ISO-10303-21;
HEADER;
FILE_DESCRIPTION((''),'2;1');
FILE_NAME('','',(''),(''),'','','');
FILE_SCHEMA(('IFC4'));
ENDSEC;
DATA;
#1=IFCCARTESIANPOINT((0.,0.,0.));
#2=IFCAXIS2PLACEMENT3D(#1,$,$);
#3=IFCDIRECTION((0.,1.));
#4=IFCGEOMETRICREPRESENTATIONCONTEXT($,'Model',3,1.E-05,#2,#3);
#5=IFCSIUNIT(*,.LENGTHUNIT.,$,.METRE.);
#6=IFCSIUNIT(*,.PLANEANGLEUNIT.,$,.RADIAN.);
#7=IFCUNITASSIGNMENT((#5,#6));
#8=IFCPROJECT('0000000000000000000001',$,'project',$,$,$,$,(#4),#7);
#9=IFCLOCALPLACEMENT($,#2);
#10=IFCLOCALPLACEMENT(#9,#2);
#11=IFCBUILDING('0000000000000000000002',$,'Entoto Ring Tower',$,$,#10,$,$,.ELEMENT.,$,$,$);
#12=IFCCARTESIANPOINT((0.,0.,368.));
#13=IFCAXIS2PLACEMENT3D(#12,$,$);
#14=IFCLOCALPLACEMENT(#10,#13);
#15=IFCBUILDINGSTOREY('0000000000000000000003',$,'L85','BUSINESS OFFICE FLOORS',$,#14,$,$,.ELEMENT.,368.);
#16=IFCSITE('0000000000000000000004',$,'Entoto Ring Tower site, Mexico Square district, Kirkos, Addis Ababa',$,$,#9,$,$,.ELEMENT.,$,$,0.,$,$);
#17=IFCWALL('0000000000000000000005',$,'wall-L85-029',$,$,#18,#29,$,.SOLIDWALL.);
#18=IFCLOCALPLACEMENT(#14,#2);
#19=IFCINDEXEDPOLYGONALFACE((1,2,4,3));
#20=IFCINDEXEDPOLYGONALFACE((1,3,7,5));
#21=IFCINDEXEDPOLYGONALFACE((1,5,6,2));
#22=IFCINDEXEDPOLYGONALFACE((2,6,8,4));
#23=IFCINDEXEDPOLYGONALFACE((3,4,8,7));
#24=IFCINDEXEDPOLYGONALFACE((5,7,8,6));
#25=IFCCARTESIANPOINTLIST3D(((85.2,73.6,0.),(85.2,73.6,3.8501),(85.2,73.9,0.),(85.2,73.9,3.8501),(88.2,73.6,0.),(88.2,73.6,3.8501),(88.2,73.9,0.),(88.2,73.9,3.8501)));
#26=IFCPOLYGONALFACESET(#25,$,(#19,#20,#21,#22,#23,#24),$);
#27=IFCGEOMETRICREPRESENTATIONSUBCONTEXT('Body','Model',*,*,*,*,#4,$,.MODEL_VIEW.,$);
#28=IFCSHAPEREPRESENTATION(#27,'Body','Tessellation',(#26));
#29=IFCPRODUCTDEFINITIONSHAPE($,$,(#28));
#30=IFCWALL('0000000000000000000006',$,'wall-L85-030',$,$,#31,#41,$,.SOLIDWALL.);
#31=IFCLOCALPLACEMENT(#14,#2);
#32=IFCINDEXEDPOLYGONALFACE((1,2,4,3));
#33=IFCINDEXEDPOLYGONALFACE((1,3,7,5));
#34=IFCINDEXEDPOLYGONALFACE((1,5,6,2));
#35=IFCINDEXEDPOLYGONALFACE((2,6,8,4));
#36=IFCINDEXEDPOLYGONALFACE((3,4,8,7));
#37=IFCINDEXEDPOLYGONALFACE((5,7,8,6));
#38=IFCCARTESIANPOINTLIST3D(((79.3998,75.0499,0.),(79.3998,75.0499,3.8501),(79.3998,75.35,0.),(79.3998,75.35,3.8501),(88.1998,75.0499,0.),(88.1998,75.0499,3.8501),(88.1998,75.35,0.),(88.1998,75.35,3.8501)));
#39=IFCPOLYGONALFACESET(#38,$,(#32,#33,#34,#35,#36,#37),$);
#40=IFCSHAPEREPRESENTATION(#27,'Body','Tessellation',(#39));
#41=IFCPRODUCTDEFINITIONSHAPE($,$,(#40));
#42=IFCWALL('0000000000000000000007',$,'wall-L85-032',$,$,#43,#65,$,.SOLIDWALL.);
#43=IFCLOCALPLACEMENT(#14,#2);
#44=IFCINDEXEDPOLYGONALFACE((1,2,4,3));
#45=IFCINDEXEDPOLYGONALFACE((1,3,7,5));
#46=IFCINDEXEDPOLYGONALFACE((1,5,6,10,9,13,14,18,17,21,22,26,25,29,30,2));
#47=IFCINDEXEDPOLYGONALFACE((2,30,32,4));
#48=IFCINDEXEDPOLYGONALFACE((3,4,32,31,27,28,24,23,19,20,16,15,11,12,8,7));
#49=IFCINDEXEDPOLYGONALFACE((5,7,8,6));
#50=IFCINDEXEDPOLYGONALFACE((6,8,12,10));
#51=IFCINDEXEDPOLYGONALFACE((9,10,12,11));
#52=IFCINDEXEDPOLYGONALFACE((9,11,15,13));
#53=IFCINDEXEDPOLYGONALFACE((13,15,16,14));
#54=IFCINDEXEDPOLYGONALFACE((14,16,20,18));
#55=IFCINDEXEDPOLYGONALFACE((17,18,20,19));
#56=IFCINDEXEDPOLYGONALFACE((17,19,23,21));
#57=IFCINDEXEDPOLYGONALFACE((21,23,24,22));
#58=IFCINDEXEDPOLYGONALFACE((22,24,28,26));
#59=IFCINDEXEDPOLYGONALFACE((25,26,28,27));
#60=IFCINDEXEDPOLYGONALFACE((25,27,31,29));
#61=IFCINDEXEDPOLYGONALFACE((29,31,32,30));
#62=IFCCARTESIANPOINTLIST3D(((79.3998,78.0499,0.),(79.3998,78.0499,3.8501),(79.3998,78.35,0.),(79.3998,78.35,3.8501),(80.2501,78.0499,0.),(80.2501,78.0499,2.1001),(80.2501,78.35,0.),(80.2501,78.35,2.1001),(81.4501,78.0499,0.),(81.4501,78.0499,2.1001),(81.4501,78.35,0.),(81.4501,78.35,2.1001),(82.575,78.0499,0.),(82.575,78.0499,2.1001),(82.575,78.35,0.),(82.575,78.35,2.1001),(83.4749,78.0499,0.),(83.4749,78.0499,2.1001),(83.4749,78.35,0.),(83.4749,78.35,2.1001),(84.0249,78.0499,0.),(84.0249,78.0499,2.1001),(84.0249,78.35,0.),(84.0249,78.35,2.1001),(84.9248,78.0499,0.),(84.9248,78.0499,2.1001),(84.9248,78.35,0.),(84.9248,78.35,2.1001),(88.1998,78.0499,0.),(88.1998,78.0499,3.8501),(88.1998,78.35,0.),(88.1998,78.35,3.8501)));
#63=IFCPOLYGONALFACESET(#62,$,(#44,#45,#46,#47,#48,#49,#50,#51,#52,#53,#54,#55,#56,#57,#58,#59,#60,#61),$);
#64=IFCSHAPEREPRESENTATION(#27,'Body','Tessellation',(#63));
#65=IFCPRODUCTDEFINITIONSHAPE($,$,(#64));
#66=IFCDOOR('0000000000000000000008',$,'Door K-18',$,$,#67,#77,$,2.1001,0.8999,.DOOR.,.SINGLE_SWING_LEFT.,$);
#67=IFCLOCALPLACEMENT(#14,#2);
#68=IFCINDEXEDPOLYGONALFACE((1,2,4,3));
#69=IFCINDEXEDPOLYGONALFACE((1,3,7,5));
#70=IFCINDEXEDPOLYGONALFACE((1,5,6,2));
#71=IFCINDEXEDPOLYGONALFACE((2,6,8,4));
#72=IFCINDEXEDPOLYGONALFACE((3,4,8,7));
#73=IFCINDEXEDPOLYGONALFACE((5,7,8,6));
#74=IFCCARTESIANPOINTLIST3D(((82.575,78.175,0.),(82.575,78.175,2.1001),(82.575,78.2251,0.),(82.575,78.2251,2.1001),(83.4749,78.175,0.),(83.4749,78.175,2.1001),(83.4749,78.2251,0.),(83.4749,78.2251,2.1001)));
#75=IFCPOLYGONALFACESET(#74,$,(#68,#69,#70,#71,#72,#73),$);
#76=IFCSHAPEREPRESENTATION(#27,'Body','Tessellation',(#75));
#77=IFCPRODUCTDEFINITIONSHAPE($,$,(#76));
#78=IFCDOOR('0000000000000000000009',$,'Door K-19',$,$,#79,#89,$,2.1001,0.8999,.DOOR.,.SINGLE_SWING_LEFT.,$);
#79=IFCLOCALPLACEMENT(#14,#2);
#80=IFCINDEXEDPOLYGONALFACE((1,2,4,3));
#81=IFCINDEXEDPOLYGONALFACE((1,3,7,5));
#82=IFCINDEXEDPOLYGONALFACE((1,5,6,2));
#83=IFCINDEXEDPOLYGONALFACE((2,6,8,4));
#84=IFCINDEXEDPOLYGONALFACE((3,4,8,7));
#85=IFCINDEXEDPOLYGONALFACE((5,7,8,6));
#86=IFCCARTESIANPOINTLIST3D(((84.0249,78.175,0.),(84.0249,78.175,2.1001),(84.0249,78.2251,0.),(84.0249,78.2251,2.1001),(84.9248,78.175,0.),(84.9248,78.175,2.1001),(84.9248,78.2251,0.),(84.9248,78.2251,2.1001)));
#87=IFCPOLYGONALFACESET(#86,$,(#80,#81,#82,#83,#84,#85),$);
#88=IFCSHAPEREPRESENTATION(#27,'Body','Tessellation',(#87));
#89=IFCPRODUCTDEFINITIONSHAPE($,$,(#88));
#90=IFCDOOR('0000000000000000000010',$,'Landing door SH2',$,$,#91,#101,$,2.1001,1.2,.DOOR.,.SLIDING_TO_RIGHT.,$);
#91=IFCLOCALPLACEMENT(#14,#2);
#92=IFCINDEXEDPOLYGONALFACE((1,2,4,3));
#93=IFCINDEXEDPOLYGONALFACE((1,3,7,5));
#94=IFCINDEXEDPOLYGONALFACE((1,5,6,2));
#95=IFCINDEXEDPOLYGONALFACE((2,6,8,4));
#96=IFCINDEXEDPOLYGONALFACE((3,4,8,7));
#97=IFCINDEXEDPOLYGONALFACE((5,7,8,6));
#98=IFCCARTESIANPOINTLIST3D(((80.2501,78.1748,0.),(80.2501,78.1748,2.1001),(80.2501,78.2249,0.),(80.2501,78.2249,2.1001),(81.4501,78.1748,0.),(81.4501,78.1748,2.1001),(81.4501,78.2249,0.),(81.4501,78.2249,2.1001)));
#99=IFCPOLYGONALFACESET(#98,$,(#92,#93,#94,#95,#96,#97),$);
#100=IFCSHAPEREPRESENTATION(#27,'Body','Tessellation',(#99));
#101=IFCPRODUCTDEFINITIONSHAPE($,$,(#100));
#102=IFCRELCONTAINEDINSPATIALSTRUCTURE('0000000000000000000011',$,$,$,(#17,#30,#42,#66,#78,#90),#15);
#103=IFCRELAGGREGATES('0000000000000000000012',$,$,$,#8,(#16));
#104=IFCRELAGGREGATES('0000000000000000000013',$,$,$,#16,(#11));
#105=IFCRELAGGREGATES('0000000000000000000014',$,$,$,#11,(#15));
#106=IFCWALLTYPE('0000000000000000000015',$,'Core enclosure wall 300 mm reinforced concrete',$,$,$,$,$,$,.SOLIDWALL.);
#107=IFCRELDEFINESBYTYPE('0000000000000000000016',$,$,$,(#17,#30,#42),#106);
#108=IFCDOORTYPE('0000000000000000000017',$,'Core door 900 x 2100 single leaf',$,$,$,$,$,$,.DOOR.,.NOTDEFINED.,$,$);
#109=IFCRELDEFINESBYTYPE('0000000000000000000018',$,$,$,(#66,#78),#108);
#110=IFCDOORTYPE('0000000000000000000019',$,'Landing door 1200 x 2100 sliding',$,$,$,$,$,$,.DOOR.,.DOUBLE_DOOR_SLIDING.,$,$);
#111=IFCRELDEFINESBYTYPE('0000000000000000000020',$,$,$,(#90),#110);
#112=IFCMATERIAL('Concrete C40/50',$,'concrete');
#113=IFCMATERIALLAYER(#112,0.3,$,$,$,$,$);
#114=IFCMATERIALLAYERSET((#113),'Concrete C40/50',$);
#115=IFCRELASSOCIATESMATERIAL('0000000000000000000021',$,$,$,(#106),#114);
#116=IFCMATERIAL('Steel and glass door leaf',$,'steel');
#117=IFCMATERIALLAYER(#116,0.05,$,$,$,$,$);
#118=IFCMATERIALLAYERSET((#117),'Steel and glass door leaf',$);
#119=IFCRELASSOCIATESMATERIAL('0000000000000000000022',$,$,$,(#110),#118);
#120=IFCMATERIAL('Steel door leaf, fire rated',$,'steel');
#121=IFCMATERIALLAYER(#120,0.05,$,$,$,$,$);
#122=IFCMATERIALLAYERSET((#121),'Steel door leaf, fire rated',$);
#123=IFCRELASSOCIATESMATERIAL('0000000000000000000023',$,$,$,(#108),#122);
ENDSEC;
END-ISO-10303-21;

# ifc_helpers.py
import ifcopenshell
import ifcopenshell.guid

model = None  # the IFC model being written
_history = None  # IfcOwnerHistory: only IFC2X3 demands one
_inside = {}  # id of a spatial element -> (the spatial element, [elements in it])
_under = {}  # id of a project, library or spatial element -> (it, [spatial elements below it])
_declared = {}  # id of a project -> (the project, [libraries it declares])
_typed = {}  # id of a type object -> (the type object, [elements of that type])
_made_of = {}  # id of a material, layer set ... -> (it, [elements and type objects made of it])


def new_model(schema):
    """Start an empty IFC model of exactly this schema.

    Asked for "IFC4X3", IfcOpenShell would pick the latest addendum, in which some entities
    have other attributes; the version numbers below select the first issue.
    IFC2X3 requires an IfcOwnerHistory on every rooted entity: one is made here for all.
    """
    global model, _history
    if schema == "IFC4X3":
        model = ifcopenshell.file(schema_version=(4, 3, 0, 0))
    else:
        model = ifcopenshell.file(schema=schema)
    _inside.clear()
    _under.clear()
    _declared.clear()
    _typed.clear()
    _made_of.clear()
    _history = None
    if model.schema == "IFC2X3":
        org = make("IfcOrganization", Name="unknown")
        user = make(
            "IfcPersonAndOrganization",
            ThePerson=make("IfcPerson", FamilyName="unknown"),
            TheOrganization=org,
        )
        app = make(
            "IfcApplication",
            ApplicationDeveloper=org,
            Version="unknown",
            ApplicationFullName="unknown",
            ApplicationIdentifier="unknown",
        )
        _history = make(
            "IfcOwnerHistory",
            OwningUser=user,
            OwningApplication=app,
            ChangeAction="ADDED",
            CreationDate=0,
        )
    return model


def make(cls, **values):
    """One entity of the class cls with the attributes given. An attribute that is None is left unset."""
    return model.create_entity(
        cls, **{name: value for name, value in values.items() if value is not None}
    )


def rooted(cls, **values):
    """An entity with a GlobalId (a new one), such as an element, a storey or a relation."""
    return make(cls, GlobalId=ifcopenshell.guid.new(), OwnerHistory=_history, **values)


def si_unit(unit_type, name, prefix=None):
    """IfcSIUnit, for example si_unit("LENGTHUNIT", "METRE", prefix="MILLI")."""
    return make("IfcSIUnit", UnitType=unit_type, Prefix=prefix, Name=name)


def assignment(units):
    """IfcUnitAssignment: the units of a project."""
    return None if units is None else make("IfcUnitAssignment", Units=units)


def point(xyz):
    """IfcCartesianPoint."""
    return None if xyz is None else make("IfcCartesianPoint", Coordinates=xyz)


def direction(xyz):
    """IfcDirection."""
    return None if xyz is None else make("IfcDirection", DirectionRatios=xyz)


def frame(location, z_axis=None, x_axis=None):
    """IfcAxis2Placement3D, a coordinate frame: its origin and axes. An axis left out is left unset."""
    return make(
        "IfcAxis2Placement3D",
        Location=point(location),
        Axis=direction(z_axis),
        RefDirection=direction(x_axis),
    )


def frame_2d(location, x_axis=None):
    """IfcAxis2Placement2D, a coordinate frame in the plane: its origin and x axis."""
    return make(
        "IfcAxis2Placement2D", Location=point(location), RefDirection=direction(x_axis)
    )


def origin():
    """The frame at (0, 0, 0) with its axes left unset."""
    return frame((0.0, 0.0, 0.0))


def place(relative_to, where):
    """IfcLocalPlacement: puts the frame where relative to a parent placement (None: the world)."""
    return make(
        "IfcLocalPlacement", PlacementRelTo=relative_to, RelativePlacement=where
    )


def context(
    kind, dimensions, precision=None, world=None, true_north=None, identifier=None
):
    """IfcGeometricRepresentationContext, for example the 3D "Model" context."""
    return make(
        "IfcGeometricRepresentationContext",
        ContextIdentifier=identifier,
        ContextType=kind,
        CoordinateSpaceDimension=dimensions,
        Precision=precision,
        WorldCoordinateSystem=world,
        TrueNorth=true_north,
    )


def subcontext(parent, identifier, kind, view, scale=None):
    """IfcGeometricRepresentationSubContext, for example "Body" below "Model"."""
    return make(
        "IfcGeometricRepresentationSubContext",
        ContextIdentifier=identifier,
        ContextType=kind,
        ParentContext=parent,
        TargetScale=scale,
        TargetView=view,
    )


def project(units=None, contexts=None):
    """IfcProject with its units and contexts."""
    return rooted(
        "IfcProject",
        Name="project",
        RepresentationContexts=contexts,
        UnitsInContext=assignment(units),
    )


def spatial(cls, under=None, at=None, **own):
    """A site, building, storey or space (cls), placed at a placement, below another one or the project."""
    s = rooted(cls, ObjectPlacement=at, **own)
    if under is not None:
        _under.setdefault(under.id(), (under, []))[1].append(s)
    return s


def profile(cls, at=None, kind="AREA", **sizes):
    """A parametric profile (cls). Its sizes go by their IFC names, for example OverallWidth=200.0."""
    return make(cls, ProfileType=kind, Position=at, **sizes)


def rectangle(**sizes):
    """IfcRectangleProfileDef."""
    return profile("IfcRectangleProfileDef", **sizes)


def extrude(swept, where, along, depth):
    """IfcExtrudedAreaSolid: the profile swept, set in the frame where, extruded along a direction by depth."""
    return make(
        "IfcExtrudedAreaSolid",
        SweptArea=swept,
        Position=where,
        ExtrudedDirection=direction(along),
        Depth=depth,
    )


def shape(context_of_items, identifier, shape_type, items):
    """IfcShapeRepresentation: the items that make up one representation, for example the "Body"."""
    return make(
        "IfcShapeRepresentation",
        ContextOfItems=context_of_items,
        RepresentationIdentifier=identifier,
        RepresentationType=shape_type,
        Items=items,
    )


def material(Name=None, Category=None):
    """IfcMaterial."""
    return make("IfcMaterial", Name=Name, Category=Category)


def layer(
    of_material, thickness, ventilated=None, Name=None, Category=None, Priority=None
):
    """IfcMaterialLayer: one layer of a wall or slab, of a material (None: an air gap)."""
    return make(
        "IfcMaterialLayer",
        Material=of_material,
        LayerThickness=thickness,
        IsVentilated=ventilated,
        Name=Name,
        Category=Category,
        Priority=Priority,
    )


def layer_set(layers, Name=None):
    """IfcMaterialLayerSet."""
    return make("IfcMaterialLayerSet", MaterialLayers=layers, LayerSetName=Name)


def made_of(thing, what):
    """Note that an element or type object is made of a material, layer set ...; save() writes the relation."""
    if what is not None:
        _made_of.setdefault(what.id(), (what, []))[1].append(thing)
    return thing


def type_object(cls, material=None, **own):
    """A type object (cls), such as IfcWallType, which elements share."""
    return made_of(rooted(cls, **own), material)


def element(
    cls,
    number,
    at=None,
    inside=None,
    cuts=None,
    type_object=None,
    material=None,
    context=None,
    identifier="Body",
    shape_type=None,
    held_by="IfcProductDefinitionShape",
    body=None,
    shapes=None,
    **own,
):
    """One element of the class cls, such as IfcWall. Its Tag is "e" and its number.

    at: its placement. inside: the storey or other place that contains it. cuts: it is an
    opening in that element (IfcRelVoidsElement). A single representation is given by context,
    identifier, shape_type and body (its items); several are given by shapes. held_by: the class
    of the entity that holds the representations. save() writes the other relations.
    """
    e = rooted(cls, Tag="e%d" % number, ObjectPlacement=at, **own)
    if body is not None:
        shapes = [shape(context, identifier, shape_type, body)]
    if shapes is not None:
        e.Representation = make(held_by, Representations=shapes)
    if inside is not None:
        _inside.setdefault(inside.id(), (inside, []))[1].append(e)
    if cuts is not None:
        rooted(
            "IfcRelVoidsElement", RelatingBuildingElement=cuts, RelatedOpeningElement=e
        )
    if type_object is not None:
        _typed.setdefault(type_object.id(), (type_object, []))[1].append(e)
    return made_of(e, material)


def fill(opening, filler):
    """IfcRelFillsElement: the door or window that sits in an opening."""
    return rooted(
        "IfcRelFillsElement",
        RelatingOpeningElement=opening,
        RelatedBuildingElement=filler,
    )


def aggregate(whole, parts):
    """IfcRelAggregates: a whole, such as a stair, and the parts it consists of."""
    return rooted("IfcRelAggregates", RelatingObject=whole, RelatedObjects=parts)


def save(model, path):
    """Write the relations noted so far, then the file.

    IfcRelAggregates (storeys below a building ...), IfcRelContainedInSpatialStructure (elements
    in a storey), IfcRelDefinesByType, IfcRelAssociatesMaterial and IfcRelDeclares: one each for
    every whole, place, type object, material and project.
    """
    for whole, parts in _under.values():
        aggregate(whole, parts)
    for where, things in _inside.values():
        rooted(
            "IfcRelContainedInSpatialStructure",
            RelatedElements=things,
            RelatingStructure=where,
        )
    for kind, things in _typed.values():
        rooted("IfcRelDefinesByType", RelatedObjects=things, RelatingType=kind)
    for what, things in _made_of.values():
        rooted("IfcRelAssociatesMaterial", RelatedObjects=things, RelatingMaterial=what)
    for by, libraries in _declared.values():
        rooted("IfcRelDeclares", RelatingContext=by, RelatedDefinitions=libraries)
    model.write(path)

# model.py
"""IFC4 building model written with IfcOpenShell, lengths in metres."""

from ifc_helpers import new_model, si_unit, direction, frame, frame_2d, origin, place, context, subcontext, project, spatial, rectangle, extrude, material, layer, layer_set, type_object, element, fill, save


model = new_model("IFC4")

# Units and contexts
model_context = context("Model", 3, precision=1e-05, world=origin(), true_north=direction((0.0, 1.0)))
body_context = subcontext(model_context, "Body", "Model", "MODEL_VIEW")
ifc_project = project(units=[si_unit("LENGTHUNIT", "METRE"), si_unit("PLANEANGLEUNIT", "RADIAN")], contexts=[model_context])

# Site, building, storey
site_placement = place(None, origin())
site = spatial("IfcSite", under=ifc_project, at=site_placement, Name="Entoto Ring Tower site, Mexico Square district, Kirkos, Addis Ababa", CompositionType="ELEMENT", RefElevation=0.0)
building_placement = place(site_placement, origin())
building = spatial("IfcBuilding", under=site, at=building_placement, Name="Entoto Ring Tower", CompositionType="ELEMENT")
storey_placement = place(building_placement, frame((0.0, 0.0, 368.0)))
storey = spatial("IfcBuildingStorey", under=building, at=storey_placement, Name="L85", Description="BUSINESS OFFICE FLOORS", CompositionType="ELEMENT", Elevation=368.0)

# Shared definitions
ifc_material_1 = material(Name="Concrete C40/50", Category="concrete")
ifc_layer_1 = layer(ifc_material_1, 0.3)
ifc_layer_set_1 = layer_set([ifc_layer_1], Name="Concrete C40/50")
wall_type = type_object("IfcWallType", Name="Core enclosure wall 300 mm reinforced concrete", PredefinedType="SOLIDWALL", material=ifc_layer_set_1)
ifc_material_2 = material(Name="Steel and glass door leaf", Category="steel")
ifc_layer_2 = layer(ifc_material_2, 0.05)
ifc_layer_set_2 = layer_set([ifc_layer_2], Name="Steel and glass door leaf")
door_type_1 = type_object("IfcDoorType", Name="Landing door 1200 x 2100 sliding", OperationType="DOUBLE_DOOR_SLIDING", PredefinedType="DOOR", material=ifc_layer_set_2)

# Walls
wall_1_placement = place(storey_placement, frame((85.2, 73.75, 0.0), z_axis=(0.0, 0.0, 1.0), x_axis=(1.0, 0.0, 0.0)))
element("IfcWall", 1, at=wall_1_placement, inside=storey, type_object=wall_type, Name="wall-L85-029", PredefinedType="SOLIDWALL", context=body_context, shape_type="SweptSolid", body=[
    extrude(rectangle(XDim=3.0, YDim=0.3, at=frame_2d((1.5, 0.0))), origin(), (0.0, 0.0, 1.0), 3.8501),
])
wall_2_placement = place(storey_placement, frame((79.3999, 75.2, 0.0), z_axis=(0.0, 0.0, 1.0), x_axis=(1.0, 0.0, 0.0)))
element("IfcWall", 2, at=wall_2_placement, inside=storey, type_object=wall_type, Name="wall-L85-030", PredefinedType="SOLIDWALL", context=body_context, shape_type="SweptSolid", body=[
    extrude(rectangle(XDim=8.8, YDim=0.3, at=frame_2d((4.3999, 0.0))), origin(), (0.0, 0.0, 1.0), 3.8501),
])

# Wall, openings, doors
wall_3_placement = place(storey_placement, frame((79.3999, 78.2, 0.0), z_axis=(0.0, 0.0, 1.0), x_axis=(1.0, 0.0, 0.0)))
wall_3 = element("IfcWall", 3, at=wall_3_placement, inside=storey, type_object=wall_type, Name="wall-L85-032", PredefinedType="SOLIDWALL", context=body_context, shape_type="SweptSolid", body=[
    extrude(rectangle(XDim=8.8, YDim=0.3, at=frame_2d((4.3999, 0.0))), origin(), (0.0, 0.0, 1.0), 3.8501),
])
opening_1_placement = place(wall_3_placement, frame((0.8501, 0.0, 0.0)))
opening_1 = element("IfcOpeningElement", 4, at=opening_1_placement, cuts=wall_3, PredefinedType="OPENING", context=body_context, shape_type="SweptSolid", body=[
    extrude(rectangle(XDim=1.2, YDim=2.1001, at=frame_2d((0.6001, 1.05))), frame((0.0, 0.1602, 0.0), z_axis=(0.0, -1.0, 0.0), x_axis=(1.0, 0.0, 0.0)), (0.0, 0.0, 1.0), 0.3201),
])
opening_2_placement = place(wall_3_placement, frame((3.175, 0.0, 0.0)))
opening_2 = element("IfcOpeningElement", 5, at=opening_2_placement, cuts=wall_3, PredefinedType="OPENING", context=body_context, shape_type="SweptSolid", body=[
    extrude(rectangle(XDim=0.8999, YDim=2.1001, at=frame_2d((0.45, 1.05))), frame((0.0, 0.1602, 0.0), z_axis=(0.0, -1.0, 0.0), x_axis=(1.0, 0.0, 0.0)), (0.0, 0.0, 1.0), 0.3201),
])
opening_3_placement = place(wall_3_placement, frame((4.625, 0.0, 0.0)))
opening_3 = element("IfcOpeningElement", 6, at=opening_3_placement, cuts=wall_3, PredefinedType="OPENING", context=body_context, shape_type="SweptSolid", body=[
    extrude(rectangle(XDim=0.8999, YDim=2.1001, at=frame_2d((0.45, 1.05))), frame((0.0, 0.1602, 0.0), z_axis=(0.0, -1.0, 0.0), x_axis=(1.0, 0.0, 0.0)), (0.0, 0.0, 1.0), 0.3201),
])
ifc_material_3 = material(Name="Steel door leaf, fire rated", Category="steel")
ifc_layer_3 = layer(ifc_material_3, 0.05)
ifc_layer_set_3 = layer_set([ifc_layer_3], Name="Steel door leaf, fire rated")
door_type_2 = type_object("IfcDoorType", Name="Core door 900 x 2100 single leaf", OperationType="NOTDEFINED", PredefinedType="DOOR", material=ifc_layer_set_3)
door_1_placement = place(opening_2_placement, frame((0.8999, 0.0, 0.0), z_axis=(0.0, 0.0, 1.0), x_axis=(-1.0, 0.0, 0.0)))
door_1 = element("IfcDoor", 7, at=door_1_placement, inside=storey, type_object=door_type_2, Name="Door K-18", OperationType="SINGLE_SWING_LEFT", OverallHeight=2.1001, OverallWidth=0.8999, PredefinedType="DOOR", context=body_context, shape_type="SweptSolid", body=[
    extrude(rectangle(XDim=0.8999, YDim=2.1001, at=frame_2d((0.45, 1.05))), frame((0.0, 0.0249, 0.0), z_axis=(0.0, -1.0, 0.0), x_axis=(1.0, 0.0, 0.0)), (0.0, 0.0, 1.0), 0.05),
])
fill(opening_2, door_1)
door_2_placement = place(opening_3_placement, frame((0.8999, 0.0, 0.0), z_axis=(0.0, 0.0, 1.0), x_axis=(-1.0, 0.0, 0.0)))
door_2 = element("IfcDoor", 8, at=door_2_placement, inside=storey, type_object=door_type_2, Name="Door K-19", OperationType="SINGLE_SWING_LEFT", OverallHeight=2.1001, OverallWidth=0.8999, PredefinedType="DOOR", context=body_context, shape_type="SweptSolid", body=[
    extrude(rectangle(XDim=0.8999, YDim=2.1001, at=frame_2d((0.45, 1.05))), frame((0.0, 0.0249, 0.0), z_axis=(0.0, -1.0, 0.0), x_axis=(1.0, 0.0, 0.0)), (0.0, 0.0, 1.0), 0.05),
])
fill(opening_3, door_2)
door_3_placement = place(opening_1_placement, origin())
door_3 = element("IfcDoor", 9, at=door_3_placement, inside=storey, type_object=door_type_1, Name="Landing door SH2", OperationType="SLIDING_TO_RIGHT", OverallHeight=2.1001, OverallWidth=1.2, PredefinedType="DOOR", context=body_context, shape_type="SweptSolid", body=[
    extrude(rectangle(XDim=1.2, YDim=2.1001, at=frame_2d((0.6001, 1.05))), frame((0.0, 0.0249, 0.0), z_axis=(0.0, -1.0, 0.0), x_axis=(1.0, 0.0, 0.0)), (0.0, 0.0, 1.0), 0.05),
])
fill(opening_1, door_3)

save(model, "model.ifc")
